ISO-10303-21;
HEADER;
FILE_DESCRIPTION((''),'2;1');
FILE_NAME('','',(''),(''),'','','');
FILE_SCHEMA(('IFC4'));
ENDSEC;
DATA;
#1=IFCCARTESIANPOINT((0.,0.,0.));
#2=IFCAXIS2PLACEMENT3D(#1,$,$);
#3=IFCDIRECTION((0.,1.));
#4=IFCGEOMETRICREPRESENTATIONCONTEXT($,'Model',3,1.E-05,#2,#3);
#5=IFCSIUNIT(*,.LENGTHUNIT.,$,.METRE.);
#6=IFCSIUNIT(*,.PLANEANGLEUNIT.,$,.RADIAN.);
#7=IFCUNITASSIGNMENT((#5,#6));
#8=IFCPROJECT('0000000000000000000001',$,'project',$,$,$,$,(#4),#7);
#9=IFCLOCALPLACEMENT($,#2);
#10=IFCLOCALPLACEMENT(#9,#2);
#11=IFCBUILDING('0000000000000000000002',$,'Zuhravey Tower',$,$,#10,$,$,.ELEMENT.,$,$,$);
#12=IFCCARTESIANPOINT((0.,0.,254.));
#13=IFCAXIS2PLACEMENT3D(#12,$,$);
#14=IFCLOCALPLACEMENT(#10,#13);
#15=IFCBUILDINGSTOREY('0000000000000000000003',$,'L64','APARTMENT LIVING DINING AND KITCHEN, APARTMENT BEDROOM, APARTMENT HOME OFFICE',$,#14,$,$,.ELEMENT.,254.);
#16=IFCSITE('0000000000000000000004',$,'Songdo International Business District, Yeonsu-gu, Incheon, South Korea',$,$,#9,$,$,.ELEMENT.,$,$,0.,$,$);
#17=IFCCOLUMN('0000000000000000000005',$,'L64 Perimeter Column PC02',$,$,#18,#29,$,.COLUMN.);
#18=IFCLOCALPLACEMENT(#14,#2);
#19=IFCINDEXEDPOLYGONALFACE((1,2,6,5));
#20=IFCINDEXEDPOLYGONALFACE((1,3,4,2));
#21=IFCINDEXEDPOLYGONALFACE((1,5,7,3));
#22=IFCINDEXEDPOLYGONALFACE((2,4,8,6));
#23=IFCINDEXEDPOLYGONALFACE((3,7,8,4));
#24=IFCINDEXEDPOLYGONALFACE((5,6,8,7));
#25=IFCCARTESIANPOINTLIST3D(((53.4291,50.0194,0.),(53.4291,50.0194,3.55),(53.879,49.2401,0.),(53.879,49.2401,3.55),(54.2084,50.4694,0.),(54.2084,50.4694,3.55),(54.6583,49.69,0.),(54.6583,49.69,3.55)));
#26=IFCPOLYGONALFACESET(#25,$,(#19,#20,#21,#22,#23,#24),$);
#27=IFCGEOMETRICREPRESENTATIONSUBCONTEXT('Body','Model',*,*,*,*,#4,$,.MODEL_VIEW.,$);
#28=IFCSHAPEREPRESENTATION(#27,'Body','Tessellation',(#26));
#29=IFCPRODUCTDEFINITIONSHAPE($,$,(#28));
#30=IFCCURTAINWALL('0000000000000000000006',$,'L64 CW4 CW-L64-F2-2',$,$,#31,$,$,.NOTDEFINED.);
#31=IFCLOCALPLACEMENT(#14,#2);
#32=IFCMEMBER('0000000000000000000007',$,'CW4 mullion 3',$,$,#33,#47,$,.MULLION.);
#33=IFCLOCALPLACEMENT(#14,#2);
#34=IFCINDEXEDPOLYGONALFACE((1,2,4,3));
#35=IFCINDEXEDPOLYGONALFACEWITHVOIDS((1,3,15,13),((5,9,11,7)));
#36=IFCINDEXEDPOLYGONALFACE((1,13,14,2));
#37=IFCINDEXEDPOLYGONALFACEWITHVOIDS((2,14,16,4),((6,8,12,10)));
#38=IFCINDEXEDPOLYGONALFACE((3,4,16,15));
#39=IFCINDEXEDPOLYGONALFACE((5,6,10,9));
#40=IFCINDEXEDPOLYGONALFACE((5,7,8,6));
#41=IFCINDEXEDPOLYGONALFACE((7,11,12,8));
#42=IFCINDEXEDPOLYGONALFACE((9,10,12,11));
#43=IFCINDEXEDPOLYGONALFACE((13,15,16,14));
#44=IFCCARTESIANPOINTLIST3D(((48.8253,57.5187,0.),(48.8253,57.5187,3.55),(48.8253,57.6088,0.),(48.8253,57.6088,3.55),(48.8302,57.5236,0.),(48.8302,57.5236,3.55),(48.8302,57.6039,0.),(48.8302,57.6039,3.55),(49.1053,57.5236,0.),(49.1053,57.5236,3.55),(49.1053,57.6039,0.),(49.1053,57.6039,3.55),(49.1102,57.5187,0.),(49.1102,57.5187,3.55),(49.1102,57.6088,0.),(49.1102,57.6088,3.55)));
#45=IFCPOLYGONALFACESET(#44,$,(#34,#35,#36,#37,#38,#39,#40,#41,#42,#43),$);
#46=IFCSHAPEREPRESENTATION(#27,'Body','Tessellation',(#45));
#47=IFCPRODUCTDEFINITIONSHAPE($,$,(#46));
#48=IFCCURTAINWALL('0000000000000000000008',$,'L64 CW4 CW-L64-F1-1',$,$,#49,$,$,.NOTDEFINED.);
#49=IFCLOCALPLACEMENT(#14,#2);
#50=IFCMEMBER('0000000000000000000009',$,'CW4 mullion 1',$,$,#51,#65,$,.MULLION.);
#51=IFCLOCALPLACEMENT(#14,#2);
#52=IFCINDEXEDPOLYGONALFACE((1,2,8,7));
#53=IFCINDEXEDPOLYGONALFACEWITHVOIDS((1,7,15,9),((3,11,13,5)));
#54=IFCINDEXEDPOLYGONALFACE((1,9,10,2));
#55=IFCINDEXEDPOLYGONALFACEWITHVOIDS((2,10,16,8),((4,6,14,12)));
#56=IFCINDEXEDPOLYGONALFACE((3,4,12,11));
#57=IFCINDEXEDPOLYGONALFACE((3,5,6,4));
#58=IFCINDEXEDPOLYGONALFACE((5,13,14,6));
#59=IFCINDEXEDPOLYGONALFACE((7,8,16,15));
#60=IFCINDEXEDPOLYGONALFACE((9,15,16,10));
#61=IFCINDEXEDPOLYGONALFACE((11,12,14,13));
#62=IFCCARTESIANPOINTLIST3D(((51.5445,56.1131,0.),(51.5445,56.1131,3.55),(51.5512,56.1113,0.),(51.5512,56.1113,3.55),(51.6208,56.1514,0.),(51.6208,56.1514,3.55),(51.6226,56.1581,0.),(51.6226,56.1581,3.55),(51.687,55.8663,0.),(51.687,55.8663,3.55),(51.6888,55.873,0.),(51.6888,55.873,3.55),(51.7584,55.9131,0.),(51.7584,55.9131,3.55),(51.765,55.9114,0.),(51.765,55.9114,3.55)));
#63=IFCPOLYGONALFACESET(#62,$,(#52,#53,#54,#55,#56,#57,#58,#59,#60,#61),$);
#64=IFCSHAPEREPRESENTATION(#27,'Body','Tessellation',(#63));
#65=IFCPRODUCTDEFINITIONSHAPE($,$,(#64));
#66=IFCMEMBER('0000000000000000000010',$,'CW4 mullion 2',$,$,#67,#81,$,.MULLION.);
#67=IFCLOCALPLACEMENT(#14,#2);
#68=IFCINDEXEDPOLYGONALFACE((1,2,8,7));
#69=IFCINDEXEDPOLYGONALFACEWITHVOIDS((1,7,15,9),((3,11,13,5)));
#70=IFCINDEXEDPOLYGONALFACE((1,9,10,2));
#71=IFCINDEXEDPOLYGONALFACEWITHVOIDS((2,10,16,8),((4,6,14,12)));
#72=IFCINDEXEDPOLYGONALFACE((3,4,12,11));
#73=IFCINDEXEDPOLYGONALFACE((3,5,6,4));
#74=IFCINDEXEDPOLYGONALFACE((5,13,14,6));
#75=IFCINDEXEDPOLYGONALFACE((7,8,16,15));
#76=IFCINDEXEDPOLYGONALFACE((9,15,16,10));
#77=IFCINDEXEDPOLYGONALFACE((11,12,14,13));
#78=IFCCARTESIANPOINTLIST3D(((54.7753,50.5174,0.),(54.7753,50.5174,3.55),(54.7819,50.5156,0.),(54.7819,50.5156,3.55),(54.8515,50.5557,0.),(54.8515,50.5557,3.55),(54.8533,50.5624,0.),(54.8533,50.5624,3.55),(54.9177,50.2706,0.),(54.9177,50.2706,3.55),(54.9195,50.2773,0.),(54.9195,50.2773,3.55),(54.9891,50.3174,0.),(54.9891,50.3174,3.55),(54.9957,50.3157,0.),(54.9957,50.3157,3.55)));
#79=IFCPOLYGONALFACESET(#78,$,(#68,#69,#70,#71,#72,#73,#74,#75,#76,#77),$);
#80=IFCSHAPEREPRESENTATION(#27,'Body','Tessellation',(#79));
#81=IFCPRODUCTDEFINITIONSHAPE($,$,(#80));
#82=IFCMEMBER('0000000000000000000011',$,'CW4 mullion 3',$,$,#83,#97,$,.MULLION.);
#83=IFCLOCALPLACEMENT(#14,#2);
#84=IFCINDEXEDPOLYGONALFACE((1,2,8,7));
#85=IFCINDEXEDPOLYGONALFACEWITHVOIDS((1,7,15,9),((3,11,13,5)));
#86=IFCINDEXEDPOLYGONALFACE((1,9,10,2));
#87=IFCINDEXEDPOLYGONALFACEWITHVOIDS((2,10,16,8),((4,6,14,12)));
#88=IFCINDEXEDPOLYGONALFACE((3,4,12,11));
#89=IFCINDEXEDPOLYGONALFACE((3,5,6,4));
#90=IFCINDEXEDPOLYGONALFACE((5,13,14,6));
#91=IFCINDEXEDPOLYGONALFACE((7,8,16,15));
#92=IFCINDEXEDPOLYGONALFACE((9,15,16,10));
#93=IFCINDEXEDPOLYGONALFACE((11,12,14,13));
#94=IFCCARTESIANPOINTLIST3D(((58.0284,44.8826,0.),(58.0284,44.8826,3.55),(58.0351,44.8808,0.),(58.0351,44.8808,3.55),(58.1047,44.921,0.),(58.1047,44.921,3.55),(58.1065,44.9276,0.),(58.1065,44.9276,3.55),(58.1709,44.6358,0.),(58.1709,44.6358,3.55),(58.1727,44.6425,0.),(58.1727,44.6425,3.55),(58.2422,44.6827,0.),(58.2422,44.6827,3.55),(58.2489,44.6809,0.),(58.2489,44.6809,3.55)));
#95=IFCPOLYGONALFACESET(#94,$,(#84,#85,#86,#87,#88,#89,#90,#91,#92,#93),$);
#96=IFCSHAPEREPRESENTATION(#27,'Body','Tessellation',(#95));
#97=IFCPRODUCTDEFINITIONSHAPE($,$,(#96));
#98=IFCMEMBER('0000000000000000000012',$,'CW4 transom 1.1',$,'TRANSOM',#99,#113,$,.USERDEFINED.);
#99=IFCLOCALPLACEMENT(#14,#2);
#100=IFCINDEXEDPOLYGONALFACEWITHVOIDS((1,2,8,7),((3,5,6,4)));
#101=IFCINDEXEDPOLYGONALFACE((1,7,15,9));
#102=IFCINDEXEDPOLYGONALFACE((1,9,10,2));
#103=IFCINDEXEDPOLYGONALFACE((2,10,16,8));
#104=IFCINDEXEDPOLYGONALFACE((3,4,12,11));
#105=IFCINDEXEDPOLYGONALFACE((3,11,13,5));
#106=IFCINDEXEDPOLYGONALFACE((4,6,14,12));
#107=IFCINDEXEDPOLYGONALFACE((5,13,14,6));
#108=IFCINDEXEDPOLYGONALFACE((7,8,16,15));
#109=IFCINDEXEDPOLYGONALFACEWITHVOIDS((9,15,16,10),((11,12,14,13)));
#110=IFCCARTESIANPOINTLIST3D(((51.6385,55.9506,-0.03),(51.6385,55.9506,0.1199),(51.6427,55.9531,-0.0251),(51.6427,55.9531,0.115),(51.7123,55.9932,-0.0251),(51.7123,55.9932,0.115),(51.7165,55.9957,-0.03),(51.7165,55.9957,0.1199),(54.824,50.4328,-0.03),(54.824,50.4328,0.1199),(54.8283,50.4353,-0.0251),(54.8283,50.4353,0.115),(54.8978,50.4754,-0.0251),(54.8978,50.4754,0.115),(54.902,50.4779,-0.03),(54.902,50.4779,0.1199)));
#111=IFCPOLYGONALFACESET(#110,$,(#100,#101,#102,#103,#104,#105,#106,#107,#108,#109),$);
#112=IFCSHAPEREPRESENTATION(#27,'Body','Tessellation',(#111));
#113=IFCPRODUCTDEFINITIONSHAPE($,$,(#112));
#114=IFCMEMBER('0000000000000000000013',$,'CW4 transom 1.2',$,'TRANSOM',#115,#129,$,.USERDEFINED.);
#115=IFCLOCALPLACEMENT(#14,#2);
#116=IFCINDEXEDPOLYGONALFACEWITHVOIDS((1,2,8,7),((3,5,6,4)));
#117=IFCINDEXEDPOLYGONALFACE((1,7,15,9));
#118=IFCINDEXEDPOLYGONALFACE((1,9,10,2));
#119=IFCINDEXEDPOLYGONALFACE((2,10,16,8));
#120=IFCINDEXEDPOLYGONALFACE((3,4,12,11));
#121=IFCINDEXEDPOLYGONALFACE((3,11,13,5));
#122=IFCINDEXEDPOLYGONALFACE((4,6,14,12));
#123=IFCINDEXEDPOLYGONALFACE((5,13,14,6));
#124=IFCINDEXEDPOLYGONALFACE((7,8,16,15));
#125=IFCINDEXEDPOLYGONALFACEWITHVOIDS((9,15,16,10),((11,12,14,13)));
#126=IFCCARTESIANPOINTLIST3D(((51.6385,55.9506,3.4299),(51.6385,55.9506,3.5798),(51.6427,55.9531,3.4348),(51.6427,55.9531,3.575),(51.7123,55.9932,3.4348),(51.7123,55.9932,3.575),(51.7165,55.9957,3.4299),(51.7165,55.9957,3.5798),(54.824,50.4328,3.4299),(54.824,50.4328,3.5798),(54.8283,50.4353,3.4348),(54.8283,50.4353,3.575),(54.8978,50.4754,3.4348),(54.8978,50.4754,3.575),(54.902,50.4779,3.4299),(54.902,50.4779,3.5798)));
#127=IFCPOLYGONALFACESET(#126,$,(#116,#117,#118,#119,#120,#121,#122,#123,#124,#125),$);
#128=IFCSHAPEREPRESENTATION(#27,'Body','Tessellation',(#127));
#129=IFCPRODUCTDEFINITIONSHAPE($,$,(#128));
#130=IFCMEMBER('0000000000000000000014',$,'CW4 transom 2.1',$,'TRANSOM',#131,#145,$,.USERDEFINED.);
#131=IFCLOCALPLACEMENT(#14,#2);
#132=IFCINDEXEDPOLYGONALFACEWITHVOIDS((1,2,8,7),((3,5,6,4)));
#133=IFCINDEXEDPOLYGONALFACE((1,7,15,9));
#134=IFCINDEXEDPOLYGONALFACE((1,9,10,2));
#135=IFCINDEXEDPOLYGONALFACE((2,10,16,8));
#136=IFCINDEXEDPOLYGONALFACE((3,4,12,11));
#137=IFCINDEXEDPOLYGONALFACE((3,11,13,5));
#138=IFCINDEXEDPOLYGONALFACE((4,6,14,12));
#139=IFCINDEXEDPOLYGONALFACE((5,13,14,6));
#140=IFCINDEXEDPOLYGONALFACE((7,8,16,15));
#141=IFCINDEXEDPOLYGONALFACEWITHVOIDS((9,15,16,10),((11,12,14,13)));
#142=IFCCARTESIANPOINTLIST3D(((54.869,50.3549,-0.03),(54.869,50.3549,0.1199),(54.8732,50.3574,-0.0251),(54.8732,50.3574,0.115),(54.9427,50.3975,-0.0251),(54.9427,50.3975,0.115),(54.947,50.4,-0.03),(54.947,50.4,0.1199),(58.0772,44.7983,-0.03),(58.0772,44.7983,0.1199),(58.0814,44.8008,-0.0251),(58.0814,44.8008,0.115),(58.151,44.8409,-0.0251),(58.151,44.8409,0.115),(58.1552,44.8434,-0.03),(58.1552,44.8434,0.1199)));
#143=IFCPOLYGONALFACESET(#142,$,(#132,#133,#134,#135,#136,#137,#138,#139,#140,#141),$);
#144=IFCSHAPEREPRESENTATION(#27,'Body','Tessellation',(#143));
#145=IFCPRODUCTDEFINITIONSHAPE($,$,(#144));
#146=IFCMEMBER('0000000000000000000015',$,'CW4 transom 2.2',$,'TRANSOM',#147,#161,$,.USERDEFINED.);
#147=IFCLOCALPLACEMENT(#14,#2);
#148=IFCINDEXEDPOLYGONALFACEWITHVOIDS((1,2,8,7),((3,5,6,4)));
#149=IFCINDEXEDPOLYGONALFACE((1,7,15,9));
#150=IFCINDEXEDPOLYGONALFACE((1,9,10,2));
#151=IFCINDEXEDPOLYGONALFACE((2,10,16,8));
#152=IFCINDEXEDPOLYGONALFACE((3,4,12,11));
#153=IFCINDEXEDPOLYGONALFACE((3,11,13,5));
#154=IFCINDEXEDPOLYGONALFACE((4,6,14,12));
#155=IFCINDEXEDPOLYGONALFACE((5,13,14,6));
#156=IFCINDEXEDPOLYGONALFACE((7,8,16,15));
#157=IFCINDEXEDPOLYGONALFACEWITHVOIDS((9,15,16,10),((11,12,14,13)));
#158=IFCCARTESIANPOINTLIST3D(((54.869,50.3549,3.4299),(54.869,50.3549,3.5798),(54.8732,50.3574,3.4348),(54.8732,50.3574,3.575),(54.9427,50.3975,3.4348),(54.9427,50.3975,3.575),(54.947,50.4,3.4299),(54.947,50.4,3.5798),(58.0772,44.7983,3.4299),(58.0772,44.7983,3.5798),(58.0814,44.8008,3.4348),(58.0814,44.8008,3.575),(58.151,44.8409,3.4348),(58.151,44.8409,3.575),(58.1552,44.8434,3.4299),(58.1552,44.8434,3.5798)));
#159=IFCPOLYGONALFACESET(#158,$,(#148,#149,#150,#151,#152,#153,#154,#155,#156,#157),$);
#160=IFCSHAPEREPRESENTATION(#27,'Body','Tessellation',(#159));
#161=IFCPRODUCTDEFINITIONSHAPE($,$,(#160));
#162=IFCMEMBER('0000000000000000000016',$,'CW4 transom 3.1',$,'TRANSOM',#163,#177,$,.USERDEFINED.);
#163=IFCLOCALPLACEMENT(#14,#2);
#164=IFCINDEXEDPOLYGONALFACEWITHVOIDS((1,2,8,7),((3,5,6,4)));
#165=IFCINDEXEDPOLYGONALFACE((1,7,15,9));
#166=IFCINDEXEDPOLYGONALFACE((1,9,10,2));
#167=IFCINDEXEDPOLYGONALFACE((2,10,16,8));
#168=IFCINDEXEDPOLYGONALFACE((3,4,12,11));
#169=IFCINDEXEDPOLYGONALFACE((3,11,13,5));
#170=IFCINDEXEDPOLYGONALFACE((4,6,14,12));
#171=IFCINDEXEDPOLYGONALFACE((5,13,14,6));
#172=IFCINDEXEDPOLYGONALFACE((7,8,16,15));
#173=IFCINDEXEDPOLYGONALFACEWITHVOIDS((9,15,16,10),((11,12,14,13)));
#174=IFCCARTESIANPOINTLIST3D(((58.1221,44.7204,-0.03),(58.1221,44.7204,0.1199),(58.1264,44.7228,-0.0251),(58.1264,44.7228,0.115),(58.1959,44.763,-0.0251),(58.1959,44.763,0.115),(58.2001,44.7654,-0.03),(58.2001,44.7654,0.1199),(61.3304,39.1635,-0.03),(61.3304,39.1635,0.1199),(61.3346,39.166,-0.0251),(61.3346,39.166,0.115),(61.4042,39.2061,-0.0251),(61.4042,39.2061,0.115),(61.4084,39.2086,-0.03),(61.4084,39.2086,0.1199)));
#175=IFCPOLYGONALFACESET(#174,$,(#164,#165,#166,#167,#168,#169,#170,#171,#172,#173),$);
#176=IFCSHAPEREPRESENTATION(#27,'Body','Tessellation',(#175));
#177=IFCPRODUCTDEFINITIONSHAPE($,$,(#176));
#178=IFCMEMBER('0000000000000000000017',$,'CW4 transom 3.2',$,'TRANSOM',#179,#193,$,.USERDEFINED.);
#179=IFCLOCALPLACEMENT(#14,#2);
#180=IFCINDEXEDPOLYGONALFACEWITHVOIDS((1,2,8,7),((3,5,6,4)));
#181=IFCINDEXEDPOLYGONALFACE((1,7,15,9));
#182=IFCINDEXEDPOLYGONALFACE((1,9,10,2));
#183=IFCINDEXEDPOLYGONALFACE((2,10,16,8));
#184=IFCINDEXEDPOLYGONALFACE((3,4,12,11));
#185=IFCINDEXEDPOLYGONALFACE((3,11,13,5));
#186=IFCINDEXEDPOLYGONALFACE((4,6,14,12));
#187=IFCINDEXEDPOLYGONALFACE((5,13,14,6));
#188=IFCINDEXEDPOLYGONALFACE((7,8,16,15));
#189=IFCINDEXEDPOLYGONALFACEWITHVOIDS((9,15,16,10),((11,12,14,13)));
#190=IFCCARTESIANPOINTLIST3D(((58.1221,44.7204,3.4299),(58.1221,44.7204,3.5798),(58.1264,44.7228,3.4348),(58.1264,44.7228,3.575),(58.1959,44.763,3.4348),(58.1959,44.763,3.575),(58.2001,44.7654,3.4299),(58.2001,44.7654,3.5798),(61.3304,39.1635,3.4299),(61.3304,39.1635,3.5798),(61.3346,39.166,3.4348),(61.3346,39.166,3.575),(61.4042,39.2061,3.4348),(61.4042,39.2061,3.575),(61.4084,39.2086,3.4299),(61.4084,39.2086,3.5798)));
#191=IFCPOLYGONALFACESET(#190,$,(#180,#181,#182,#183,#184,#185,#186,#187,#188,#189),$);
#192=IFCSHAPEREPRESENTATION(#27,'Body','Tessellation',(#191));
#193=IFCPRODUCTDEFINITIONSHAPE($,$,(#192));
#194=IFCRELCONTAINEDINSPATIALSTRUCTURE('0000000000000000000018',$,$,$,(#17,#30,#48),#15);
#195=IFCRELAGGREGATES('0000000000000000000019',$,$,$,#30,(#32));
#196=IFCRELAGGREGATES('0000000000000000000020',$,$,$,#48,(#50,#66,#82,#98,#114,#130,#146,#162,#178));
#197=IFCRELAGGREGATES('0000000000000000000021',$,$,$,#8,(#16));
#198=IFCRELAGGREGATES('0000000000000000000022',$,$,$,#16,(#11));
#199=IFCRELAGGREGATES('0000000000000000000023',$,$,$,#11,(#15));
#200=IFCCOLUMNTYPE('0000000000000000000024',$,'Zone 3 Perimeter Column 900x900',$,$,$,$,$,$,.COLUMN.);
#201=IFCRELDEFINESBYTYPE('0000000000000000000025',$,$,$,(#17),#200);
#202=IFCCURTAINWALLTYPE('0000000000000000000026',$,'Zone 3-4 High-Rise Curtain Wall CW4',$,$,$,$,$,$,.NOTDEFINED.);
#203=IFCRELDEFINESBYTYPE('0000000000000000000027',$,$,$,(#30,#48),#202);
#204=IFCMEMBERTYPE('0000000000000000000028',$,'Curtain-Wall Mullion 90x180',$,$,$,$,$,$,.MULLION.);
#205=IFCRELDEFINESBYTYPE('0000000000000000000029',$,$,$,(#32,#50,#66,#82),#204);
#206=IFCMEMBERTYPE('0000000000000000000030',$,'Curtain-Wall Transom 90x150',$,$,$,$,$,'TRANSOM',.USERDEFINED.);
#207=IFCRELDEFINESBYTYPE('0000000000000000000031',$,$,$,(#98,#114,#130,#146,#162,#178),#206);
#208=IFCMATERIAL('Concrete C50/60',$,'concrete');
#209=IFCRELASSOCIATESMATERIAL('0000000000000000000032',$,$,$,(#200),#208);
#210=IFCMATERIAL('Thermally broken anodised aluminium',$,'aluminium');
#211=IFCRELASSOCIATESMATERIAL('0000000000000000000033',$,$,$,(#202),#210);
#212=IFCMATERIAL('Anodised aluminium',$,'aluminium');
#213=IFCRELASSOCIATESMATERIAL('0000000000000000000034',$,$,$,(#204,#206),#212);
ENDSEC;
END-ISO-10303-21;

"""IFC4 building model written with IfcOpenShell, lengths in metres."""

from ifc_helpers import new_model, si_unit, direction, frame, origin, origin_2d, place, context, subcontext, project, spatial, rectangle, hollow_rectangle, extrude, material, material_profile, profile_set, type_object, element, aggregate, save


model = new_model("IFC4")

# Units and contexts
model_context = context("Model", 3, precision=1e-05, world=origin(), true_north=direction((0.0, 1.0)))
body_context = subcontext(model_context, "Body", "Model", "MODEL_VIEW")
ifc_project = project(units=[si_unit("LENGTHUNIT", "METRE"), si_unit("PLANEANGLEUNIT", "RADIAN")], contexts=[model_context])

# Site, building, storey
site_placement = place(None, origin())
site = spatial("IfcSite", under=ifc_project, at=site_placement, Name="Songdo International Business District, Yeonsu-gu, Incheon, South Korea", CompositionType="ELEMENT", RefElevation=0.0)
building_placement = place(site_placement, origin())
building = spatial("IfcBuilding", under=site, at=building_placement, Name="Zuhravey Tower", CompositionType="ELEMENT")
storey_placement = place(building_placement, frame((0.0, 0.0, 254.0)))
storey = spatial("IfcBuildingStorey", under=building, at=storey_placement, Name="L64", Description="APARTMENT LIVING DINING AND KITCHEN, APARTMENT BEDROOM, APARTMENT HOME OFFICE", CompositionType="ELEMENT", Elevation=254.0)

# Column
ifc_material_1 = material(Name="Concrete C50/60", Category="concrete")
ifc_material_profile_1 = material_profile(ifc_material_1, rectangle(XDim=0.8999, YDim=0.8999, at=origin_2d()), Name="RC-900x900")
ifc_profile_set_1 = profile_set([ifc_material_profile_1], Name="Concrete C50/60")
column_type = type_object("IfcColumnType", Name="Zone 3 Perimeter Column 900x900", PredefinedType="COLUMN", material=ifc_profile_set_1)
column_placement = place(storey_placement, frame((54.0437, 49.8547, 0.0), z_axis=(0.0, 0.0, 1.0), x_axis=(-0.5, 0.866025, 0.0)))
element("IfcColumn", 1, at=column_placement, inside=storey, type_object=column_type, Name="L64 Perimeter Column PC02", PredefinedType="COLUMN", context=body_context, shape_type="SweptSolid", body=[
    extrude(rectangle(XDim=0.8999, YDim=0.8999, at=origin_2d()), origin(), (0.0, 0.0, 1.0), 3.55),
])

# Curtain wall, member
ifc_material_2 = material(Name="Thermally broken anodised aluminium", Category="aluminium")
curtain_wall_type = type_object("IfcCurtainWallType", Name="Zone 3-4 High-Rise Curtain Wall CW4", PredefinedType="NOTDEFINED", material=ifc_material_2)
curtain_wall_1_placement = place(storey_placement, origin())
curtain_wall_1 = element("IfcCurtainWall", 2, at=curtain_wall_1_placement, inside=storey, type_object=curtain_wall_type, Name="L64 CW4 CW-L64-F2-2", PredefinedType="NOTDEFINED")
ifc_material_3 = material(Name="Anodised aluminium", Category="aluminium")
ifc_material_profile_2 = material_profile(ifc_material_3, hollow_rectangle(XDim=0.0901, YDim=0.2849, WallThickness=0.0049, at=origin_2d()), Name="ALU-RHS-90x285x5")
ifc_profile_set_2 = profile_set([ifc_material_profile_2], Name="Anodised aluminium")
member_type_1 = type_object("IfcMemberType", Name="Curtain-Wall Mullion 90x180", PredefinedType="MULLION", material=ifc_profile_set_2)
member_1_placement = place(storey_placement, frame((48.9678, 57.5637, 0.0), z_axis=(0.0, 0.0, 1.0), x_axis=(0.0, 1.0, 0.0)))
member_1 = element("IfcMember", 3, at=member_1_placement, type_object=member_type_1, Name="CW4 mullion 3", PredefinedType="MULLION", context=body_context, shape_type="SweptSolid", body=[
    extrude(hollow_rectangle(XDim=0.0901, YDim=0.2849, WallThickness=0.0049, at=origin_2d()), origin(), (0.0, 0.0, 1.0), 3.55),
])
aggregate(curtain_wall_1, [member_1])

# Curtain wall, members
curtain_wall_2_placement = place(storey_placement, origin())
curtain_wall_2 = element("IfcCurtainWall", 4, at=curtain_wall_2_placement, inside=storey, type_object=curtain_wall_type, Name="L64 CW4 CW-L64-F1-1", PredefinedType="NOTDEFINED")
member_2_placement = place(storey_placement, frame((51.6548, 56.0122, 0.0), z_axis=(0.0, 0.0, 1.0), x_axis=(0.866025, 0.500001, 0.0)))
member_2 = element("IfcMember", 5, at=member_2_placement, type_object=member_type_1, Name="CW4 mullion 1", PredefinedType="MULLION", context=body_context, shape_type="SweptSolid", body=[
    extrude(hollow_rectangle(XDim=0.0901, YDim=0.2849, WallThickness=0.0049, at=origin_2d()), origin(), (0.0, 0.0, 1.0), 3.55),
])
member_3_placement = place(storey_placement, frame((54.8855, 50.4165, 0.0), z_axis=(0.0, 0.0, 1.0), x_axis=(0.866025, 0.500001, 0.0)))
member_3 = element("IfcMember", 6, at=member_3_placement, type_object=member_type_1, Name="CW4 mullion 2", PredefinedType="MULLION", context=body_context, shape_type="SweptSolid", body=[
    extrude(hollow_rectangle(XDim=0.0901, YDim=0.2849, WallThickness=0.0049, at=origin_2d()), origin(), (0.0, 0.0, 1.0), 3.55),
])
member_4_placement = place(storey_placement, frame((58.1387, 44.7817, 0.0), z_axis=(0.0, 0.0, 1.0), x_axis=(0.866025, 0.500001, 0.0)))
member_4 = element("IfcMember", 7, at=member_4_placement, type_object=member_type_1, Name="CW4 mullion 3", PredefinedType="MULLION", context=body_context, shape_type="SweptSolid", body=[
    extrude(hollow_rectangle(XDim=0.0901, YDim=0.2849, WallThickness=0.0049, at=origin_2d()), origin(), (0.0, 0.0, 1.0), 3.55),
])
ifc_material_profile_3 = material_profile(ifc_material_3, hollow_rectangle(XDim=0.0901, YDim=0.1499, WallThickness=0.0049, at=origin_2d()), Name="ALU-RHS-90x150x5")
ifc_profile_set_3 = profile_set([ifc_material_profile_3], Name="Anodised aluminium")
member_type_2 = type_object("IfcMemberType", Name="Curtain-Wall Transom 90x150", ElementType="TRANSOM", PredefinedType="USERDEFINED", material=ifc_profile_set_3)
member_5_placement = place(storey_placement, frame((51.6775, 55.9731, 0.0449), z_axis=(0.49998, -0.866037, 0.0), x_axis=(0.866037, 0.49998, 0.0)))
member_5 = element("IfcMember", 8, at=member_5_placement, type_object=member_type_2, Name="CW4 transom 1.1", ObjectType="TRANSOM", PredefinedType="USERDEFINED", context=body_context, shape_type="SweptSolid", body=[
    extrude(hollow_rectangle(XDim=0.0901, YDim=0.1499, WallThickness=0.0049, at=origin_2d()), origin(), (0.0, 0.0, 1.0), 6.3713),
])
member_6_placement = place(storey_placement, frame((51.6775, 55.9731, 3.5049), z_axis=(0.49998, -0.866037, 0.0), x_axis=(0.866037, 0.49998, 0.0)))
member_6 = element("IfcMember", 9, at=member_6_placement, type_object=member_type_2, Name="CW4 transom 1.2", ObjectType="TRANSOM", PredefinedType="USERDEFINED", context=body_context, shape_type="SweptSolid", body=[
    extrude(hollow_rectangle(XDim=0.0901, YDim=0.1499, WallThickness=0.0049, at=origin_2d()), origin(), (0.0, 0.0, 1.0), 6.3713),
])
member_7_placement = place(storey_placement, frame((54.908, 50.3774, 0.0449), z_axis=(0.500014, -0.866017, 0.0), x_axis=(0.866017, 0.500014, 0.0)))
member_7 = element("IfcMember", 10, at=member_7_placement, type_object=member_type_2, Name="CW4 transom 2.1", ObjectType="TRANSOM", PredefinedType="USERDEFINED", context=body_context, shape_type="SweptSolid", body=[
    extrude(hollow_rectangle(XDim=0.0901, YDim=0.1499, WallThickness=0.0049, at=origin_2d()), origin(), (0.0, 0.0, 1.0), 6.4163),
])
member_8_placement = place(storey_placement, frame((54.908, 50.3774, 3.5049), z_axis=(0.500014, -0.866017, 0.0), x_axis=(0.866017, 0.500014, 0.0)))
member_8 = element("IfcMember", 11, at=member_8_placement, type_object=member_type_2, Name="CW4 transom 2.2", ObjectType="TRANSOM", PredefinedType="USERDEFINED", context=body_context, shape_type="SweptSolid", body=[
    extrude(hollow_rectangle(XDim=0.0901, YDim=0.1499, WallThickness=0.0049, at=origin_2d()), origin(), (0.0, 0.0, 1.0), 6.4163),
])
member_9_placement = place(storey_placement, frame((58.1611, 44.7429, 0.0449), z_axis=(0.499998, -0.866027, 0.0), x_axis=(0.866027, 0.499998, 0.0)))
member_9 = element("IfcMember", 12, at=member_9_placement, type_object=member_type_2, Name="CW4 transom 3.1", ObjectType="TRANSOM", PredefinedType="USERDEFINED", context=body_context, shape_type="SweptSolid", body=[
    extrude(hollow_rectangle(XDim=0.0901, YDim=0.1499, WallThickness=0.0049, at=origin_2d()), origin(), (0.0, 0.0, 1.0), 6.4165),
])
member_10_placement = place(storey_placement, frame((58.1611, 44.7429, 3.5049), z_axis=(0.499998, -0.866027, 0.0), x_axis=(0.866027, 0.499998, 0.0)))
member_10 = element("IfcMember", 13, at=member_10_placement, type_object=member_type_2, Name="CW4 transom 3.2", ObjectType="TRANSOM", PredefinedType="USERDEFINED", context=body_context, shape_type="SweptSolid", body=[
    extrude(hollow_rectangle(XDim=0.0901, YDim=0.1499, WallThickness=0.0049, at=origin_2d()), origin(), (0.0, 0.0, 1.0), 6.4165),
])

aggregate(curtain_wall_2, [member_2, member_3, member_4, member_5, member_6, member_7, member_8, member_9, member_10])

save(model, "model.ifc")
